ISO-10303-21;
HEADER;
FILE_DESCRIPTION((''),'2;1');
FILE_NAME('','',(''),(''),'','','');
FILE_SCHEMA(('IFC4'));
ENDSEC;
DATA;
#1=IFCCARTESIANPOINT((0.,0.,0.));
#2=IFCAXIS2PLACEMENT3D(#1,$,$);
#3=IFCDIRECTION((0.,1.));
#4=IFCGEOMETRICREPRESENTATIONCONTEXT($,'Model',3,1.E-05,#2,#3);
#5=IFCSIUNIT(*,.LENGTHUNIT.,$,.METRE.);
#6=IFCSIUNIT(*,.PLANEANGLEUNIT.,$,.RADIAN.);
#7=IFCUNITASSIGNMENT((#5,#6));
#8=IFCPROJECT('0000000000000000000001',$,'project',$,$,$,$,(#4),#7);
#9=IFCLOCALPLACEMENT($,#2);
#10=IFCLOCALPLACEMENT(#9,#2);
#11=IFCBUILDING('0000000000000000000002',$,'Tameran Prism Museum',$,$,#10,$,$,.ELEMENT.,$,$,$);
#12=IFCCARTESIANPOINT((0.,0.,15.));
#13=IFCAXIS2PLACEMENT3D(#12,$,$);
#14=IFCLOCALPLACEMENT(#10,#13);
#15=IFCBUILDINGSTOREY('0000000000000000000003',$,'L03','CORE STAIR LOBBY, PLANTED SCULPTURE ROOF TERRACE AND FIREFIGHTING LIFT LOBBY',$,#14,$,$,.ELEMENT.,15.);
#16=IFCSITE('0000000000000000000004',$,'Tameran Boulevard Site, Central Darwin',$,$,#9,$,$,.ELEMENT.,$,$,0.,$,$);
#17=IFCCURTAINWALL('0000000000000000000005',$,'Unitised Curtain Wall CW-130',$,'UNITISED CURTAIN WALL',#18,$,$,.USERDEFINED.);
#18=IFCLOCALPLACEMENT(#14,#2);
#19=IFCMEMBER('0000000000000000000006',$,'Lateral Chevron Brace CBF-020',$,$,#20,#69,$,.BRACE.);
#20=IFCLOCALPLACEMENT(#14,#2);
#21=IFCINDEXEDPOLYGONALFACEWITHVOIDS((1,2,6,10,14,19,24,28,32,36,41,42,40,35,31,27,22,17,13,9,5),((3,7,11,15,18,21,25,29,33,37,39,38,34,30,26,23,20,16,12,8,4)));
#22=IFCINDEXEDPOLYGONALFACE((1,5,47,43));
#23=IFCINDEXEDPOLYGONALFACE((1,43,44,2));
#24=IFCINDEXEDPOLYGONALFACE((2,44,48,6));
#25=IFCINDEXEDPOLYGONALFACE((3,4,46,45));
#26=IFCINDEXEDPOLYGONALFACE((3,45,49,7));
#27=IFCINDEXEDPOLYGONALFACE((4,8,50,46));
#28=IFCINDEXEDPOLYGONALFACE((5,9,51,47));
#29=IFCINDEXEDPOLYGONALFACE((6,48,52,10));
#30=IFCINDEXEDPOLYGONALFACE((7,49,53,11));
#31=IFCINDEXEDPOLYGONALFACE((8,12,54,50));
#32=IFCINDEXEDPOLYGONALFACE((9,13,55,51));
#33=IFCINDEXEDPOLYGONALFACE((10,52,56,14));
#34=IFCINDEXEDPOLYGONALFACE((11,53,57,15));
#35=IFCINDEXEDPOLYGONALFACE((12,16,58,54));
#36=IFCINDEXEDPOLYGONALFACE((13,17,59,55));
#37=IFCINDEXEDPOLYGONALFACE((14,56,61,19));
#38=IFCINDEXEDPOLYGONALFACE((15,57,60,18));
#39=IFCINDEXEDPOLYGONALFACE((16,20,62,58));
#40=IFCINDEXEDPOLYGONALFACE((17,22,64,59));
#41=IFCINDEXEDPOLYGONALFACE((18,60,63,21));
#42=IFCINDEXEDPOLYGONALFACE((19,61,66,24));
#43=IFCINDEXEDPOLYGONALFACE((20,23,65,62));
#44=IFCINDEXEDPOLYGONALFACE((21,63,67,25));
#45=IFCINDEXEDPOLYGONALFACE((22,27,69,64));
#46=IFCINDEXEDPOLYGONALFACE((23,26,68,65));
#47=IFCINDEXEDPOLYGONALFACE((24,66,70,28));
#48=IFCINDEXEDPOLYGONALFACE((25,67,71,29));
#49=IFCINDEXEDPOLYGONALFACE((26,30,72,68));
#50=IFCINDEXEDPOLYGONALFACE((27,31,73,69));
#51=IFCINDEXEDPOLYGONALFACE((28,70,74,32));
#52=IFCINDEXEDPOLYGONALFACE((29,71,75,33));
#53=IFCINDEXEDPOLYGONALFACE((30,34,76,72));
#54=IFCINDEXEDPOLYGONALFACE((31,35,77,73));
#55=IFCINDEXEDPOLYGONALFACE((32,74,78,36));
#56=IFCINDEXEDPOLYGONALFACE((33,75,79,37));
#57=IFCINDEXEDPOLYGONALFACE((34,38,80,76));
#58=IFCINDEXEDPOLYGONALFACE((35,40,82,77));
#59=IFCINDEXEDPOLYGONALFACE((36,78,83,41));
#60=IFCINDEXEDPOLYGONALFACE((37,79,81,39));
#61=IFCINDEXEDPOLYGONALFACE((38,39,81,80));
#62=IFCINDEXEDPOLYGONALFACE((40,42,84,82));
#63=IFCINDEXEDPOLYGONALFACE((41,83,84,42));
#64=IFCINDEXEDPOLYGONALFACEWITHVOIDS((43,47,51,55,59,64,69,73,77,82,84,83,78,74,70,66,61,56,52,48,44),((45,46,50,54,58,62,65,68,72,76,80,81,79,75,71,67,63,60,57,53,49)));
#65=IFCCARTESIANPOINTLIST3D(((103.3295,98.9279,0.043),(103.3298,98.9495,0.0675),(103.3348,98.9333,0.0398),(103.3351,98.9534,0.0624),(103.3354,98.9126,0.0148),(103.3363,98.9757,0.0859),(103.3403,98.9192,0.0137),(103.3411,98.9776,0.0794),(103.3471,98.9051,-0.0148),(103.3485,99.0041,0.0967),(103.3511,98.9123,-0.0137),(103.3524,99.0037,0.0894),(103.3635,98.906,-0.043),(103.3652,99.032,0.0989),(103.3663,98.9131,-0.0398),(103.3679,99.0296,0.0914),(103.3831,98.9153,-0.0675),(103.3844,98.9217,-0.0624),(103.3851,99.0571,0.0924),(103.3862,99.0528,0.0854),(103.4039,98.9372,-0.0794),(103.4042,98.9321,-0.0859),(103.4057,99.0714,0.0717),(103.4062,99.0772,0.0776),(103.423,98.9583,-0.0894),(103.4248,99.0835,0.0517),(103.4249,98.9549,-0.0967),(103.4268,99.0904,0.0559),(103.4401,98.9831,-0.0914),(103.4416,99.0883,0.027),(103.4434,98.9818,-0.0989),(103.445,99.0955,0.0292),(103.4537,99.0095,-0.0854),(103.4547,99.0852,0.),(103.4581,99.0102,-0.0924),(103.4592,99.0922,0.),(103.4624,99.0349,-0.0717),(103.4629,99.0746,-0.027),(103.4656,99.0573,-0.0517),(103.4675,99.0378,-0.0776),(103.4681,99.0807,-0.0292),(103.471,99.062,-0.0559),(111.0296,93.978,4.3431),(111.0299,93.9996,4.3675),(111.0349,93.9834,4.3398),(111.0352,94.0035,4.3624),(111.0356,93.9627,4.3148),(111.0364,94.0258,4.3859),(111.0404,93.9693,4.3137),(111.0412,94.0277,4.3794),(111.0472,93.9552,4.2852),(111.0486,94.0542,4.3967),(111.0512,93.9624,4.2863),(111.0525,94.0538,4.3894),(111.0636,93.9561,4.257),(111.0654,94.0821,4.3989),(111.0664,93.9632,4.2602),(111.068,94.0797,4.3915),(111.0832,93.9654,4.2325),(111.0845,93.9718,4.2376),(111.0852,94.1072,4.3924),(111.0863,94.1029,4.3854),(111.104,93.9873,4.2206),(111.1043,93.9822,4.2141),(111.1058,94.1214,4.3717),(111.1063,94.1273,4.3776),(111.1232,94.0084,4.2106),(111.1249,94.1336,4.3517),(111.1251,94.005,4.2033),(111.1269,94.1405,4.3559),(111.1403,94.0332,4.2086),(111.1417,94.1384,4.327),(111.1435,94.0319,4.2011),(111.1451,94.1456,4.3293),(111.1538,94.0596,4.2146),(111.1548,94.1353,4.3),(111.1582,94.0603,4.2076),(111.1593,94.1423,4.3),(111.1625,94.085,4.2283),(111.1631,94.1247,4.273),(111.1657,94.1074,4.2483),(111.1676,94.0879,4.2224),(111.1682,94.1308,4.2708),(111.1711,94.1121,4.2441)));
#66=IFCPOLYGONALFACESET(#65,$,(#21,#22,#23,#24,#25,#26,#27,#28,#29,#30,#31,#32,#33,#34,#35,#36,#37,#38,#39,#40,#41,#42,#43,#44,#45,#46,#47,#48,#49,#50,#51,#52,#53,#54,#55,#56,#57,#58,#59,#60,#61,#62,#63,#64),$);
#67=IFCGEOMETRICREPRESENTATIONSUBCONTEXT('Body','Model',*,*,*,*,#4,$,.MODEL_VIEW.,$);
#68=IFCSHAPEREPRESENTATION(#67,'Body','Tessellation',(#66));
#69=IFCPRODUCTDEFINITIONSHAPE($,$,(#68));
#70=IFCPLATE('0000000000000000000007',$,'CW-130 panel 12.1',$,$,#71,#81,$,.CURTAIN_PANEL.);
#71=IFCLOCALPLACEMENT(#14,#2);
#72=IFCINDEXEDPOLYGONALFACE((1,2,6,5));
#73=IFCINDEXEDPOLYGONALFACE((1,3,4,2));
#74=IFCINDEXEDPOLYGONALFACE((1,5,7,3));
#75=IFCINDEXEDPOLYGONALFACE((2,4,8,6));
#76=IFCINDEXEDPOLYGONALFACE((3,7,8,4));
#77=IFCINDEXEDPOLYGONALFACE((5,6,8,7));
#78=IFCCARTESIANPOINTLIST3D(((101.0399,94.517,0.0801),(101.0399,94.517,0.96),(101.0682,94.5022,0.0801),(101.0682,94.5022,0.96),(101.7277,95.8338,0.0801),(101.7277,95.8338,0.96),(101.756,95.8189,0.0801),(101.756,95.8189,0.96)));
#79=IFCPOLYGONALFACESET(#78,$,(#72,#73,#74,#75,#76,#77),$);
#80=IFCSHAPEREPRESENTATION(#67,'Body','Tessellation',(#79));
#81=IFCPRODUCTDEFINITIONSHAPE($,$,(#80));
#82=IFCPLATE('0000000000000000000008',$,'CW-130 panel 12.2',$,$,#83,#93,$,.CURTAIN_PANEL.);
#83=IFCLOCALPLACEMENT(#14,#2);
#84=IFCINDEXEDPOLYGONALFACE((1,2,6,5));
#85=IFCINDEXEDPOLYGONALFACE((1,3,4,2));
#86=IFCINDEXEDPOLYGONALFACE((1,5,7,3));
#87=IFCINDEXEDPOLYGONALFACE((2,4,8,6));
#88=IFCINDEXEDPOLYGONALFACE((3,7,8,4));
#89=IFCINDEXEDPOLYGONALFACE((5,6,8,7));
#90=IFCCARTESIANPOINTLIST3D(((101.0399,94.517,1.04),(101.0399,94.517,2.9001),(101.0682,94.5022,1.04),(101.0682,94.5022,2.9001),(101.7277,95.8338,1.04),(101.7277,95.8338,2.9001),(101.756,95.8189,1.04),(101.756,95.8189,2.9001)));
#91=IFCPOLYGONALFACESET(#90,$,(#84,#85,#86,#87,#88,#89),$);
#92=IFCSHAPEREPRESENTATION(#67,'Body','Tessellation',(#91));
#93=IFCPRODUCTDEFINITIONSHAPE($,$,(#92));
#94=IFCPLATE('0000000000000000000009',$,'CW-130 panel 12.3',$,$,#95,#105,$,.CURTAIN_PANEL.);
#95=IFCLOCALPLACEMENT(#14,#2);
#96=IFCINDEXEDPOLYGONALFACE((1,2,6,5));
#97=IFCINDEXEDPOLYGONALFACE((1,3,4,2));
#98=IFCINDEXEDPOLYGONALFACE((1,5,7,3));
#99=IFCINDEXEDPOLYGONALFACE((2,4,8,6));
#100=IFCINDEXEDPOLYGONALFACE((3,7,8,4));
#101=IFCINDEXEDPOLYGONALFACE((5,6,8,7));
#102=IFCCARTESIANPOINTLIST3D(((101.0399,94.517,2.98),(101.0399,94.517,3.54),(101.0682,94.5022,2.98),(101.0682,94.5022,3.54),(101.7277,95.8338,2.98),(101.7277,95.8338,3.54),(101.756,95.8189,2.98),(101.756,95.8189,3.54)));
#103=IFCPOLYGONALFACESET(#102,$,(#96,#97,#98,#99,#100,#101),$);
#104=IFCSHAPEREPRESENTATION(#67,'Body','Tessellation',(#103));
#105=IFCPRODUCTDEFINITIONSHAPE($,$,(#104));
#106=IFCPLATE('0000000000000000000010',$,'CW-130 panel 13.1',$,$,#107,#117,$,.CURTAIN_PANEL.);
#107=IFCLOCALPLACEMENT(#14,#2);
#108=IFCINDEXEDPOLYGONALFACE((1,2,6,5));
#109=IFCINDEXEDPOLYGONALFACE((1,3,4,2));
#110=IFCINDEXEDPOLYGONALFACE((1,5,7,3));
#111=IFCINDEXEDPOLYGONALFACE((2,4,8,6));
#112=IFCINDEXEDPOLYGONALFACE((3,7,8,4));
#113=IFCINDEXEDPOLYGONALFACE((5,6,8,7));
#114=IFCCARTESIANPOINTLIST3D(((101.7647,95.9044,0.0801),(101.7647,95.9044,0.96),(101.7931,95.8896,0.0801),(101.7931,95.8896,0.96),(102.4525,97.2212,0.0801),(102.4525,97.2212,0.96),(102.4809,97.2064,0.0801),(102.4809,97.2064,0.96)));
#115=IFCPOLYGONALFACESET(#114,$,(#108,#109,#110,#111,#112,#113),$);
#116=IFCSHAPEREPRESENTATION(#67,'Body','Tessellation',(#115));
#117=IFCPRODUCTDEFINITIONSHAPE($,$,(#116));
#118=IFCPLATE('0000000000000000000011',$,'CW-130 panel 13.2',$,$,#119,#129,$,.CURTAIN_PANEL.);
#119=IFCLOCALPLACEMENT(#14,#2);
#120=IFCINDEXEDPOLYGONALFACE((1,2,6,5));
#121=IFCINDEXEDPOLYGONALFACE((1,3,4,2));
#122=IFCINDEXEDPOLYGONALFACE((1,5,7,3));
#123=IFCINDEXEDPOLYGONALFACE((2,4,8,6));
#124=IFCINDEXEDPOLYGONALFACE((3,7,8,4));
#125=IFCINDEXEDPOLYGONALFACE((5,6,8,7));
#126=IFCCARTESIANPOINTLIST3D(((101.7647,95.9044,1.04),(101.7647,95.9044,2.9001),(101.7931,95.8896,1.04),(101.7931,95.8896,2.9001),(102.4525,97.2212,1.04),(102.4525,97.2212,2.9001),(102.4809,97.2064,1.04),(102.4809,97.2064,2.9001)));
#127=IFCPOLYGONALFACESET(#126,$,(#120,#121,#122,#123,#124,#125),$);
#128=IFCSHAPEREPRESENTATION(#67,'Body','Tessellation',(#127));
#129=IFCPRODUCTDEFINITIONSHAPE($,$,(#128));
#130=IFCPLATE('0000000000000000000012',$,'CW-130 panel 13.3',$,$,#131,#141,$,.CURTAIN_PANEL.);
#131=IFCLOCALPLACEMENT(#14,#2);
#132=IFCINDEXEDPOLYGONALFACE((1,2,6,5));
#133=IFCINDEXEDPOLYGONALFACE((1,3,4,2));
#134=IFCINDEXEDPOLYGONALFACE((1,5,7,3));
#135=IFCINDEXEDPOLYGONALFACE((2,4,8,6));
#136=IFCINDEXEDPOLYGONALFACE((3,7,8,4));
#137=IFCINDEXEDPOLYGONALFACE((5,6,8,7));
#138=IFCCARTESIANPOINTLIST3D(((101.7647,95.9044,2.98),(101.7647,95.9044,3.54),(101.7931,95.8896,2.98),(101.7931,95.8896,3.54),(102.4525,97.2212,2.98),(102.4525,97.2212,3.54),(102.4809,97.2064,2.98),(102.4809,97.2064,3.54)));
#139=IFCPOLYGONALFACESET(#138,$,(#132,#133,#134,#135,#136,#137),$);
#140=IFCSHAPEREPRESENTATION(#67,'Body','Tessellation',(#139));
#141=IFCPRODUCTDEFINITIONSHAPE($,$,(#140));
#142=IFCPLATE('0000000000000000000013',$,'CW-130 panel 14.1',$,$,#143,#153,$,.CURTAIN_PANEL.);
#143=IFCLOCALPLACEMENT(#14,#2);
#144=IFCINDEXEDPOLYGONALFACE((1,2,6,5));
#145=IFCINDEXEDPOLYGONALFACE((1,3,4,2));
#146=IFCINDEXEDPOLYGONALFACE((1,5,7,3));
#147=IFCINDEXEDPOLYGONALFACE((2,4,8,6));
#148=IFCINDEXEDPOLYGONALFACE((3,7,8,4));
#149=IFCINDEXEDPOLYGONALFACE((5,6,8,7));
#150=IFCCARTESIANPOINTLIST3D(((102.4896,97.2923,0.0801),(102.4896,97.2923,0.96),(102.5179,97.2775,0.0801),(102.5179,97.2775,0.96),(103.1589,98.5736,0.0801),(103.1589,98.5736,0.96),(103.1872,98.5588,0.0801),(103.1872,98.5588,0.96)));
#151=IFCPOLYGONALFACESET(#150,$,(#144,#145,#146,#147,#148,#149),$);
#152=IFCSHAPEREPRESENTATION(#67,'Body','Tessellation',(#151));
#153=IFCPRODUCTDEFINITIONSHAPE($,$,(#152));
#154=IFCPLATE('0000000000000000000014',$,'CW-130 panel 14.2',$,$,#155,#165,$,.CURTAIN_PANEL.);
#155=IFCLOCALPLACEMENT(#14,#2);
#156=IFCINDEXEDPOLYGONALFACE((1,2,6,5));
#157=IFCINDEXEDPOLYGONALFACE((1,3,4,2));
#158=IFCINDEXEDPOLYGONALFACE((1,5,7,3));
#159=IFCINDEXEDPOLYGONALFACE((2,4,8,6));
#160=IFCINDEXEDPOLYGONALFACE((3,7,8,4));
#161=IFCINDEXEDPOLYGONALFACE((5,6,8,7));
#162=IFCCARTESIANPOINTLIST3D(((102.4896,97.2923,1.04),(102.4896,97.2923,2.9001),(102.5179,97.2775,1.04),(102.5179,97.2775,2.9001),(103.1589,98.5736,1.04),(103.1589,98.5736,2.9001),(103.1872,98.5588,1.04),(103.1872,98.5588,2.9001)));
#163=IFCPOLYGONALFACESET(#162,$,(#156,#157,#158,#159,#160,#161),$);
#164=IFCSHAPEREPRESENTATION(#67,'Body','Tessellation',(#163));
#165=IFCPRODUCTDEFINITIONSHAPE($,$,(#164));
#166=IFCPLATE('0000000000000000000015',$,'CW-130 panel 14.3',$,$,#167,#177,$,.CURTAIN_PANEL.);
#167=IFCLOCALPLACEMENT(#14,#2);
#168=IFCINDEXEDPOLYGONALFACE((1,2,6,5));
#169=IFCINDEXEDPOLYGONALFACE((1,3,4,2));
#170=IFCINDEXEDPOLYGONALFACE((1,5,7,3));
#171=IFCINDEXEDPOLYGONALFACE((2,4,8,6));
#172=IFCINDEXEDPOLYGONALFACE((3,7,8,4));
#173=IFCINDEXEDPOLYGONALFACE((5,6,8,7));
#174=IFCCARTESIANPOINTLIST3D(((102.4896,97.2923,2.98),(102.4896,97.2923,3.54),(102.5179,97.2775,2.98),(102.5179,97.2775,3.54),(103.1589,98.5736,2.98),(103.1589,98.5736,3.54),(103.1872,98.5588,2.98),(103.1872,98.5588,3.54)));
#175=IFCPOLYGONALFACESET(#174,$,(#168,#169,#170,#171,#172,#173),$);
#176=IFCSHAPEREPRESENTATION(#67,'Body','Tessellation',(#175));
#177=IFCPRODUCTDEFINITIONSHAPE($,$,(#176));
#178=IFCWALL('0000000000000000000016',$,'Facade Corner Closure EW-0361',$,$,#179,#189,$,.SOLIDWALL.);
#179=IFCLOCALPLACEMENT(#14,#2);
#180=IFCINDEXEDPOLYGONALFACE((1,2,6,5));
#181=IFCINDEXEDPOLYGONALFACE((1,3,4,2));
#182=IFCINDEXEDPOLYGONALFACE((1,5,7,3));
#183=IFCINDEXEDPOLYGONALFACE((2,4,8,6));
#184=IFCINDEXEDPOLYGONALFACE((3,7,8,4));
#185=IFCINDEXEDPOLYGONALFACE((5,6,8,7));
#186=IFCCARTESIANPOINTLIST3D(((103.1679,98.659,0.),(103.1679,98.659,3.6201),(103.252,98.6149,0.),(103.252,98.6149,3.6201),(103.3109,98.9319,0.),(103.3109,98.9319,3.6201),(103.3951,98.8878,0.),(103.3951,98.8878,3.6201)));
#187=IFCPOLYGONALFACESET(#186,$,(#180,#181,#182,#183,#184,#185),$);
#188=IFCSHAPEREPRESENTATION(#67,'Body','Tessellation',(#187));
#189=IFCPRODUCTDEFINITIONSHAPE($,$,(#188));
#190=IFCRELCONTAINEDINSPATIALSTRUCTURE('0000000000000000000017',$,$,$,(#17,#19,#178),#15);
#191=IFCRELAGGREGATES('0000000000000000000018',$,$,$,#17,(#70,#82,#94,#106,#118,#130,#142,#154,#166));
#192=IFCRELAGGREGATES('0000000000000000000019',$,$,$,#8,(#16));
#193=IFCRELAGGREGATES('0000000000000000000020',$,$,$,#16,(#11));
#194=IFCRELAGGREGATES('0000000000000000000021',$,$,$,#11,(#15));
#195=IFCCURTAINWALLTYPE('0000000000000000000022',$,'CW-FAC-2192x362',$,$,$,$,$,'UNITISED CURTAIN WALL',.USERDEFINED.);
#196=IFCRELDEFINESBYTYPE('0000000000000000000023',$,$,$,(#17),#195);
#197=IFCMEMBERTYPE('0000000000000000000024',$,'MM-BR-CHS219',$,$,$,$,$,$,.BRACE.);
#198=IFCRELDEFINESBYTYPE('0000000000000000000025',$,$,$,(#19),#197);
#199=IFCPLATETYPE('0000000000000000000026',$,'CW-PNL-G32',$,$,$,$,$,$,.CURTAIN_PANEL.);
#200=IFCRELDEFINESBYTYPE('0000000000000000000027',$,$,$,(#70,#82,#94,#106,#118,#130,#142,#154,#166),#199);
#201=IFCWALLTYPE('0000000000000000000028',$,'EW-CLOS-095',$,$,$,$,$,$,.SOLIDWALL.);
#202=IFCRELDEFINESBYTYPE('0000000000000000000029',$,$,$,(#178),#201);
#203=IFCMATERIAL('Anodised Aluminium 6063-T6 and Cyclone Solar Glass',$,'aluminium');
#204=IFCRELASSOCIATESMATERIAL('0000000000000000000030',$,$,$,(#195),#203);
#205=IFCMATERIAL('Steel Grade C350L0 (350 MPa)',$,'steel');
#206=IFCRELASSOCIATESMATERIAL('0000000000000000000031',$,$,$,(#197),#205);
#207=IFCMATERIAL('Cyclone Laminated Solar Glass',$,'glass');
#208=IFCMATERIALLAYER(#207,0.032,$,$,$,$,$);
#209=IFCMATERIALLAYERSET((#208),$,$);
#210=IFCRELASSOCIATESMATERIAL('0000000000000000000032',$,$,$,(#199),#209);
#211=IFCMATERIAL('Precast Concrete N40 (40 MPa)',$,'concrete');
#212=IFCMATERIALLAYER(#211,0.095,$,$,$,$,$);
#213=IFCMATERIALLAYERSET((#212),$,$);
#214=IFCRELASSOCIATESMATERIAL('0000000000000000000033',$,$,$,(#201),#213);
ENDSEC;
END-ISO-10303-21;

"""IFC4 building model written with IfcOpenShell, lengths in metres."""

from ifc_helpers import new_model, si_unit, direction, frame, frame_2d, origin, origin_2d, place, context, subcontext, project, spatial, rectangle, hollow_circle, extrude, material, layer, layer_set, material_profile, profile_set, type_object, element, aggregate, save


model = new_model("IFC4")

# Units and contexts
model_context = context("Model", 3, precision=1e-05, world=origin(), true_north=direction((0.0, 1.0)))
body_context = subcontext(model_context, "Body", "Model", "MODEL_VIEW")
ifc_project = project(units=[si_unit("LENGTHUNIT", "METRE"), si_unit("PLANEANGLEUNIT", "RADIAN")], contexts=[model_context])

# Site, building, storey
site_placement = place(None, origin())
site = spatial("IfcSite", under=ifc_project, at=site_placement, Name="Tameran Boulevard Site, Central Darwin", CompositionType="ELEMENT", RefElevation=0.0)
building_placement = place(site_placement, origin())
building = spatial("IfcBuilding", under=site, at=building_placement, Name="Tameran Prism Museum", CompositionType="ELEMENT")
storey_placement = place(building_placement, frame((0.0, 0.0, 15.0)))
storey = spatial("IfcBuildingStorey", under=building, at=storey_placement, Name="L03", Description="CORE STAIR LOBBY, PLANTED SCULPTURE ROOF TERRACE AND FIREFIGHTING LIFT LOBBY", CompositionType="ELEMENT", Elevation=15.0)

# Curtain wall
ifc_material_1 = material(Name="Anodised Aluminium 6063-T6 and Cyclone Solar Glass", Category="aluminium")
curtain_wall_type = type_object("IfcCurtainWallType", Name="CW-FAC-2192x362", ElementType="UNITISED CURTAIN WALL", PredefinedType="USERDEFINED", material=ifc_material_1)
curtain_wall_placement = place(storey_placement, origin())
curtain_wall = element("IfcCurtainWall", 1, at=curtain_wall_placement, inside=storey, type_object=curtain_wall_type, Name="Unitised Curtain Wall CW-130", ObjectType="UNITISED CURTAIN WALL", PredefinedType="USERDEFINED")

# Member
ifc_material_2 = material(Name="Steel Grade C350L0 (350 MPa)", Category="steel")
ifc_material_profile_1 = material_profile(ifc_material_2, hollow_circle(Radius=0.1096, WallThickness=0.0083, at=origin_2d()))
ifc_profile_set_1 = profile_set([ifc_material_profile_1])
member_type_1 = type_object("IfcMemberType", Name="MM-BR-CHS219", PredefinedType="BRACE", material=ifc_profile_set_1)
member_1_placement = place(storey_placement, frame((103.3999, 99.0, 0.0), z_axis=(0.761368, -0.489434, 0.425174), x_axis=(0.540744, 0.841187, 0.0)))
element("IfcMember", 2, at=member_1_placement, inside=storey, type_object=member_type_1, Name="Lateral Chevron Brace CBF-020", PredefinedType="BRACE", context=body_context, shape_type="SweptSolid", body=[
    extrude(hollow_circle(Radius=0.1096, WallThickness=0.0083, at=origin_2d()), origin(), (0.0, 0.0, 1.0), 10.1135),
])

# Plates
ifc_material_3 = material(Name="Cyclone Laminated Solar Glass", Category="glass")
ifc_layer_1 = layer(ifc_material_3, 0.032)
ifc_layer_set_1 = layer_set([ifc_layer_1])
plate_type = type_object("IfcPlateType", Name="CW-PNL-G32", PredefinedType="CURTAIN_PANEL", material=ifc_layer_set_1)
plate_1_placement = place(storey_placement, frame((101.3979, 95.168, 0.0801), z_axis=(0.0, 0.0, 1.0), x_axis=(0.463003, 0.886357, 0.0)))
plate_1 = element("IfcPlate", 3, at=plate_1_placement, type_object=plate_type, Name="CW-130 panel 12.1", PredefinedType="CURTAIN_PANEL", context=body_context, shape_type="SweptSolid", body=[
    extrude(rectangle(XDim=1.4856, YDim=0.032, at=origin_2d()), origin(), (0.0, 0.0, 1.0), 0.8799),
])
plate_2_placement = place(storey_placement, frame((101.3979, 95.168, 1.04), z_axis=(0.0, 0.0, 1.0), x_axis=(0.463003, 0.886357, 0.0)))
plate_2 = element("IfcPlate", 4, at=plate_2_placement, type_object=plate_type, Name="CW-130 panel 12.2", PredefinedType="CURTAIN_PANEL", context=body_context, shape_type="SweptSolid", body=[
    extrude(rectangle(XDim=1.4856, YDim=0.032, at=origin_2d()), origin(), (0.0, 0.0, 1.0), 1.8601),
])
plate_3_placement = place(storey_placement, frame((101.3979, 95.168, 2.98), z_axis=(0.0, 0.0, 1.0), x_axis=(0.463003, 0.886357, 0.0)))
plate_3 = element("IfcPlate", 5, at=plate_3_placement, type_object=plate_type, Name="CW-130 panel 12.3", PredefinedType="CURTAIN_PANEL", context=body_context, shape_type="SweptSolid", body=[
    extrude(rectangle(XDim=1.4856, YDim=0.032, at=origin_2d()), origin(), (0.0, 0.0, 1.0), 0.5601),
])
plate_4_placement = place(storey_placement, frame((102.1228, 96.5554, 0.0801), z_axis=(0.0, 0.0, 1.0), x_axis=(0.463003, 0.886357, 0.0)))
plate_4 = element("IfcPlate", 6, at=plate_4_placement, type_object=plate_type, Name="CW-130 panel 13.1", PredefinedType="CURTAIN_PANEL", context=body_context, shape_type="SweptSolid", body=[
    extrude(rectangle(XDim=1.4856, YDim=0.032, at=origin_2d()), origin(), (0.0, 0.0, 1.0), 0.8799),
])
plate_5_placement = place(storey_placement, frame((102.1228, 96.5554, 1.04), z_axis=(0.0, 0.0, 1.0), x_axis=(0.463003, 0.886357, 0.0)))
plate_5 = element("IfcPlate", 7, at=plate_5_placement, type_object=plate_type, Name="CW-130 panel 13.2", PredefinedType="CURTAIN_PANEL", context=body_context, shape_type="SweptSolid", body=[
    extrude(rectangle(XDim=1.4856, YDim=0.032, at=origin_2d()), origin(), (0.0, 0.0, 1.0), 1.8601),
])
plate_6_placement = place(storey_placement, frame((102.1228, 96.5554, 2.98), z_axis=(0.0, 0.0, 1.0), x_axis=(0.463003, 0.886357, 0.0)))
plate_6 = element("IfcPlate", 8, at=plate_6_placement, type_object=plate_type, Name="CW-130 panel 13.3", PredefinedType="CURTAIN_PANEL", context=body_context, shape_type="SweptSolid", body=[
    extrude(rectangle(XDim=1.4856, YDim=0.032, at=origin_2d()), origin(), (0.0, 0.0, 1.0), 0.5601),
])
plate_7_placement = place(storey_placement, frame((102.8384, 97.9255, 0.0801), z_axis=(0.0, 0.0, 1.0), x_axis=(0.463003, 0.886357, 0.0)))
plate_7 = element("IfcPlate", 9, at=plate_7_placement, type_object=plate_type, Name="CW-130 panel 14.1", PredefinedType="CURTAIN_PANEL", context=body_context, shape_type="SweptSolid", body=[
    extrude(rectangle(XDim=1.4456, YDim=0.032, at=origin_2d()), origin(), (0.0, 0.0, 1.0), 0.8799),
])
plate_8_placement = place(storey_placement, frame((102.8384, 97.9255, 1.04), z_axis=(0.0, 0.0, 1.0), x_axis=(0.463003, 0.886357, 0.0)))
plate_8 = element("IfcPlate", 10, at=plate_8_placement, type_object=plate_type, Name="CW-130 panel 14.2", PredefinedType="CURTAIN_PANEL", context=body_context, shape_type="SweptSolid", body=[
    extrude(rectangle(XDim=1.4456, YDim=0.032, at=origin_2d()), origin(), (0.0, 0.0, 1.0), 1.8601),
])
plate_9_placement = place(storey_placement, frame((102.8384, 97.9255, 2.98), z_axis=(0.0, 0.0, 1.0), x_axis=(0.463003, 0.886357, 0.0)))
plate_9 = element("IfcPlate", 11, at=plate_9_placement, type_object=plate_type, Name="CW-130 panel 14.3", PredefinedType="CURTAIN_PANEL", context=body_context, shape_type="SweptSolid", body=[
    extrude(rectangle(XDim=1.4456, YDim=0.032, at=origin_2d()), origin(), (0.0, 0.0, 1.0), 0.5601),
])
aggregate(curtain_wall, [plate_1, plate_2, plate_3, plate_4, plate_5, plate_6, plate_7, plate_8, plate_9])

# Wall
ifc_material_4 = material(Name="Precast Concrete N40 (40 MPa)", Category="concrete")
ifc_layer_2 = layer(ifc_material_4, 0.095)
ifc_layer_set_2 = layer_set([ifc_layer_2])
wall_type_1 = type_object("IfcWallType", Name="EW-CLOS-095", PredefinedType="SOLIDWALL", material=ifc_layer_set_2)
wall_1_placement = place(storey_placement, frame((103.21, 98.637, 0.0), z_axis=(0.0, 0.0, 1.0), x_axis=(0.464244, 0.885707, 0.0)))
element("IfcWall", 12, at=wall_1_placement, inside=storey, type_object=wall_type_1, Name="Facade Corner Closure EW-0361", PredefinedType="SOLIDWALL", context=body_context, shape_type="SweptSolid", body=[
    extrude(rectangle(XDim=0.3081, YDim=0.095, at=frame_2d((0.1541, 0.0))), origin(), (0.0, 0.0, 1.0), 3.6201),
])

save(model, "model.ifc")
